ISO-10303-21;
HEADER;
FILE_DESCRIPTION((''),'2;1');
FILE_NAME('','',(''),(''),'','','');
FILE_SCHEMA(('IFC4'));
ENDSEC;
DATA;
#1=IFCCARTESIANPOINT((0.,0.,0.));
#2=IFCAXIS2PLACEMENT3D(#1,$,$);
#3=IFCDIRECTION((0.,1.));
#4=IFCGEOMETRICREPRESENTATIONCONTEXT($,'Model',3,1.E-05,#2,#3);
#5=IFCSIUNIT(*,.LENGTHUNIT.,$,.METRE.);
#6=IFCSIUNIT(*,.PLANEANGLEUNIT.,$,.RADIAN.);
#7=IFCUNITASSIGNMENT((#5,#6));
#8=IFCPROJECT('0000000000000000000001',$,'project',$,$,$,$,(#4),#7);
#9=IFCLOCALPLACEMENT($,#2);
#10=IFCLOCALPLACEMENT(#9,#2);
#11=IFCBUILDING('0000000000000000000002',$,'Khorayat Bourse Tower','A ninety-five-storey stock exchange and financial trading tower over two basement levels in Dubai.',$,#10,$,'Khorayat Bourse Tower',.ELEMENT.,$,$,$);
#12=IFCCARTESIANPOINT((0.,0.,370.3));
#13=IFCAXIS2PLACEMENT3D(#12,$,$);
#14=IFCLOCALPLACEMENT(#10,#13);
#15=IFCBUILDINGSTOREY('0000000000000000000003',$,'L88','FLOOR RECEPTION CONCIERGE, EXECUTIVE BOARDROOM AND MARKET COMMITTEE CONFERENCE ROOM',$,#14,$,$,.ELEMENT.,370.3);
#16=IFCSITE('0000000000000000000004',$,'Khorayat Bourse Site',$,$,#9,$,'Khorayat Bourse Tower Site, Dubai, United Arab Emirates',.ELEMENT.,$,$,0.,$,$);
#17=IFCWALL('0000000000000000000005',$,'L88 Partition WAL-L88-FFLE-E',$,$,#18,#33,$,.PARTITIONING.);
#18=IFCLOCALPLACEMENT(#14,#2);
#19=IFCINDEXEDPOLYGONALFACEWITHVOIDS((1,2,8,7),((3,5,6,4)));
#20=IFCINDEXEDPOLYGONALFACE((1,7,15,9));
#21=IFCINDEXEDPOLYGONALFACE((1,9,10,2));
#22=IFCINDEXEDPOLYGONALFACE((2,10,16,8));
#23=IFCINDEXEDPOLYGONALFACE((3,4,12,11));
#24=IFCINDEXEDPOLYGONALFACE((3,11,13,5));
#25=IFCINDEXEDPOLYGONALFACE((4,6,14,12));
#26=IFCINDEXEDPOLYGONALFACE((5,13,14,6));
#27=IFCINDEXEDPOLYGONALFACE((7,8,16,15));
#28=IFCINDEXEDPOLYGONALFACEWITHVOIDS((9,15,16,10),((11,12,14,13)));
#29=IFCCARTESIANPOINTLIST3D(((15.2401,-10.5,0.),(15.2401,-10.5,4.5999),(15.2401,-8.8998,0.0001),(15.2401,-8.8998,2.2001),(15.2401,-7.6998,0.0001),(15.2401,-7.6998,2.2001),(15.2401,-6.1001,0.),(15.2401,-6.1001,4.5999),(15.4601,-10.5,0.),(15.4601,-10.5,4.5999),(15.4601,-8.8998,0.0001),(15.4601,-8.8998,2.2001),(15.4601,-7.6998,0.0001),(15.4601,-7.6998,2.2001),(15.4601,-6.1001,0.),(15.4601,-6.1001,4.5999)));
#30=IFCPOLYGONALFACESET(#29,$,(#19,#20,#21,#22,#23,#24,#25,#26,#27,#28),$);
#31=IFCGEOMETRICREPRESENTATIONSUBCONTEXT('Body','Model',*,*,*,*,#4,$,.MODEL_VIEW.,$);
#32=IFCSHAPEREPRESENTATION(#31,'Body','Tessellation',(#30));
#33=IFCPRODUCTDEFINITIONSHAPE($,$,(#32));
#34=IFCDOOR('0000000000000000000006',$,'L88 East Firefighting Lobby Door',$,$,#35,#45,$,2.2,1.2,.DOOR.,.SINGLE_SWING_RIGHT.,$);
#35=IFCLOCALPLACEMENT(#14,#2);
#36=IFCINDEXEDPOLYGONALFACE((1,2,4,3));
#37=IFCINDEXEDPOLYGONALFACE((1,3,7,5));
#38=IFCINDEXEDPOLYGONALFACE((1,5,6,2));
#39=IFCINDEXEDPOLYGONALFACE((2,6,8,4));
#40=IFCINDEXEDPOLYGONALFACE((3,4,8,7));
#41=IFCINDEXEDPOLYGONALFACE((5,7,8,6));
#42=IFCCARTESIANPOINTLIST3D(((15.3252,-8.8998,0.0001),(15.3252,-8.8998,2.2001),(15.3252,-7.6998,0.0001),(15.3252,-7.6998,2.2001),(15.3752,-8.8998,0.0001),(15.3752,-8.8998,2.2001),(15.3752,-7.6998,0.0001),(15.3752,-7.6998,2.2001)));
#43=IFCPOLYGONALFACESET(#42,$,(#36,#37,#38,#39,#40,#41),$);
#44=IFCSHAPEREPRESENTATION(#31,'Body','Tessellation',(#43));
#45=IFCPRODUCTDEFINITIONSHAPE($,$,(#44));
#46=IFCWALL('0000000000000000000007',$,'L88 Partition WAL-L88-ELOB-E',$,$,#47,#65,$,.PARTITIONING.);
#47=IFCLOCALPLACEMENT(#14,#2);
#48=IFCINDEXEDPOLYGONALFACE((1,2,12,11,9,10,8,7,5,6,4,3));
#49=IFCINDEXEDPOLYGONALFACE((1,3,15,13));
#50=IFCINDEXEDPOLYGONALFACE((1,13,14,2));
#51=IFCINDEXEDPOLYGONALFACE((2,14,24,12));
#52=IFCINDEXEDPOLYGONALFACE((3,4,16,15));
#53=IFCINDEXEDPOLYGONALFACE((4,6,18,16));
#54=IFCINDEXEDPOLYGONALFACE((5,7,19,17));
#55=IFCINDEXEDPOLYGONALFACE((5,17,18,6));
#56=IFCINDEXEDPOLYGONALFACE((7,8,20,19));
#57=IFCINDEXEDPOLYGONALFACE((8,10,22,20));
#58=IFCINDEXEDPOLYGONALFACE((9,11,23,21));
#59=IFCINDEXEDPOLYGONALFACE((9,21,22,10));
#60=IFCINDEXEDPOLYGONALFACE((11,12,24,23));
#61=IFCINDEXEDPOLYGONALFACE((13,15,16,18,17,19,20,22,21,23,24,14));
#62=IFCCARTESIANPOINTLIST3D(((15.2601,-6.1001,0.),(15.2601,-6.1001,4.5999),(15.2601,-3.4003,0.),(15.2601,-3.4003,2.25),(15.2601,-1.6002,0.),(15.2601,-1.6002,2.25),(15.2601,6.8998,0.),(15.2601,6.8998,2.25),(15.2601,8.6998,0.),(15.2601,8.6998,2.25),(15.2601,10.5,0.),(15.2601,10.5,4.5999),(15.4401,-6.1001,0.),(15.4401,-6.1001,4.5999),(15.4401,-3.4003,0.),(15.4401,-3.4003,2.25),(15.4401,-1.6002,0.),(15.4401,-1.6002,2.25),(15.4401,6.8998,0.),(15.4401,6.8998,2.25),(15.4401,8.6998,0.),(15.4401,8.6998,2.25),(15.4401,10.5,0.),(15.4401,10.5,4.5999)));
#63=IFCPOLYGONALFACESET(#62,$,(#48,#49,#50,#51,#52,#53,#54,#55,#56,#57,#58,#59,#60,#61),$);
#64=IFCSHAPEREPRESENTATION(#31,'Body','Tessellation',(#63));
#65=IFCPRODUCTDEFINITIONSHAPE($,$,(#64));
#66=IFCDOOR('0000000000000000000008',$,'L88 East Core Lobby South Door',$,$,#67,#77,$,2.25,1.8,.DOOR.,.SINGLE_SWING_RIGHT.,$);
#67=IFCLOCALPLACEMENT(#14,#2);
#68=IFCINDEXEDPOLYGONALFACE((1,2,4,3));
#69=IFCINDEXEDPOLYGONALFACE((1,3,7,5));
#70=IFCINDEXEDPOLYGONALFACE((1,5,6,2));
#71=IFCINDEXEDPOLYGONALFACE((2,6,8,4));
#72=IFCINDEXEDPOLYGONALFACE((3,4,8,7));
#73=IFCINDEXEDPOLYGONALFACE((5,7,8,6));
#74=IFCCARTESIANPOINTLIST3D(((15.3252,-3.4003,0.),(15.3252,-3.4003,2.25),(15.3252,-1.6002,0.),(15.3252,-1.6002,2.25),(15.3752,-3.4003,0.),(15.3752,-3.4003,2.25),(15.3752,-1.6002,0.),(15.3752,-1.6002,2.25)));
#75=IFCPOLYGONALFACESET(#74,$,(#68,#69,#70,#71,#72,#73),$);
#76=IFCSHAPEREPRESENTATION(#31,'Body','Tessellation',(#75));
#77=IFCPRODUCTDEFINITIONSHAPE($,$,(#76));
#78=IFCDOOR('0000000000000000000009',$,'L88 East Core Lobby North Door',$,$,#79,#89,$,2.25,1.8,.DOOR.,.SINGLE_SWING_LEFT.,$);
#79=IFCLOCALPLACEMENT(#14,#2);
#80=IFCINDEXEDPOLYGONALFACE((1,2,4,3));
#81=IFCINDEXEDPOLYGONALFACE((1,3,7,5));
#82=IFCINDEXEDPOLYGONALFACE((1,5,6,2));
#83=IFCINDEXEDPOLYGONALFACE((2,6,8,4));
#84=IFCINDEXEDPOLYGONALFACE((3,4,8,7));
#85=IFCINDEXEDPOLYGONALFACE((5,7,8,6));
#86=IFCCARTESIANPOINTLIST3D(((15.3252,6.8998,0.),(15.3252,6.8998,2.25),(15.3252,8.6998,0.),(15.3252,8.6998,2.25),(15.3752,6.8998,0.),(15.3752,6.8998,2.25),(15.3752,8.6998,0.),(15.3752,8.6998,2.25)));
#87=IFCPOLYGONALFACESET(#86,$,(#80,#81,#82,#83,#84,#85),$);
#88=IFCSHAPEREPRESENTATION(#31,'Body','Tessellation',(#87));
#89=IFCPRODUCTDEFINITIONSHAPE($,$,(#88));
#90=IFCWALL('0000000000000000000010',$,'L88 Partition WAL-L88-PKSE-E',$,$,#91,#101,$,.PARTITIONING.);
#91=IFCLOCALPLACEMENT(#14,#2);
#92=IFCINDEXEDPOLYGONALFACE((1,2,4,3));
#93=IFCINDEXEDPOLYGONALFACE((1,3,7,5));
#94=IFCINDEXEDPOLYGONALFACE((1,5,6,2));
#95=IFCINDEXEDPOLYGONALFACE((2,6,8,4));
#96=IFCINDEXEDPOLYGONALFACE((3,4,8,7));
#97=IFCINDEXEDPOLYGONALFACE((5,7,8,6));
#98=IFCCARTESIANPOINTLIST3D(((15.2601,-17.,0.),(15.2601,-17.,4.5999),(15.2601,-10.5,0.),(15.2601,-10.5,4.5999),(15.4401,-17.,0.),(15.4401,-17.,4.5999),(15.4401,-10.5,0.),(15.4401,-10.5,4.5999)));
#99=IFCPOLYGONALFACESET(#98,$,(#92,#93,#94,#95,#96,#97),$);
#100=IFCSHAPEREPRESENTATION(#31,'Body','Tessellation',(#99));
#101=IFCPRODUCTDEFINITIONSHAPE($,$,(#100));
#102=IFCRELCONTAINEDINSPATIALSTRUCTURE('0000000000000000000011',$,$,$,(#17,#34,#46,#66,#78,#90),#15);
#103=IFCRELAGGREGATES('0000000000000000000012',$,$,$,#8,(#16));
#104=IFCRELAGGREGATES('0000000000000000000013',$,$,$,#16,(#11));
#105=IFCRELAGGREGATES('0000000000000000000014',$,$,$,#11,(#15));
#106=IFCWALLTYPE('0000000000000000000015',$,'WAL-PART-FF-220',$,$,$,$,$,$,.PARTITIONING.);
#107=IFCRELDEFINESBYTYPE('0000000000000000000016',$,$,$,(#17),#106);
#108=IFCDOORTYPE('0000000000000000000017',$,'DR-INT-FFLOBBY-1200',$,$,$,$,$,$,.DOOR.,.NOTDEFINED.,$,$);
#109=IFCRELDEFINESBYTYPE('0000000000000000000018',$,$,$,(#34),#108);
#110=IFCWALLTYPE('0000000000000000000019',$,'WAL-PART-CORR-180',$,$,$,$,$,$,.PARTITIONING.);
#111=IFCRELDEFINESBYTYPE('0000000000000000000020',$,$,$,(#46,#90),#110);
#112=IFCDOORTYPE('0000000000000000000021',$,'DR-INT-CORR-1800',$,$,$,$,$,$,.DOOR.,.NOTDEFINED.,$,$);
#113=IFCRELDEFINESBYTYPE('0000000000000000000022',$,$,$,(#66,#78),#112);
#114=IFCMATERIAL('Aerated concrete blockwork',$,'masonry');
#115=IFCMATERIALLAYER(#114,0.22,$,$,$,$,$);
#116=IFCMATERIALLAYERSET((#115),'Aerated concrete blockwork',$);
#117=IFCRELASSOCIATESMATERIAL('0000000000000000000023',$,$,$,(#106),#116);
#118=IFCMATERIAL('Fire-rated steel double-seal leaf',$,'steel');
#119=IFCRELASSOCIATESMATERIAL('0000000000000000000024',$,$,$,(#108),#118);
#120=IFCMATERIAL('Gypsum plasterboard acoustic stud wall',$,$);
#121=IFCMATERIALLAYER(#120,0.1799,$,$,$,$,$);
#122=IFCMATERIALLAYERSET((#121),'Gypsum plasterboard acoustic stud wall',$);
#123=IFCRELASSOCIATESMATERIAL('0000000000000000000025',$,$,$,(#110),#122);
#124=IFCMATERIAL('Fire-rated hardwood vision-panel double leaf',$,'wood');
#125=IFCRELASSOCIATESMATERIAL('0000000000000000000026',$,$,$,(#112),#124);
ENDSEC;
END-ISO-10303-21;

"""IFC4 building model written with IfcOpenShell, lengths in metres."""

from ifc_helpers import new_model, si_unit, direction, frame, frame_2d, origin, place, context, subcontext, project, spatial, rectangle, extrude, source, transform, mapped, material, layer, layer_set, type_object, element, fill, save


model = new_model("IFC4")

# Units and contexts
model_context = context("Model", 3, precision=1e-05, world=origin(), true_north=direction((0.0, 1.0)))
body_context = subcontext(model_context, "Body", "Model", "MODEL_VIEW")
ifc_project = project(units=[si_unit("LENGTHUNIT", "METRE"), si_unit("PLANEANGLEUNIT", "RADIAN")], contexts=[model_context])

# Site, building, storey
site_placement = place(None, origin())
site = spatial("IfcSite", under=ifc_project, at=site_placement, Name="Khorayat Bourse Site", LongName="Khorayat Bourse Tower Site, Dubai, United Arab Emirates", CompositionType="ELEMENT", RefElevation=0.0)
building_placement = place(site_placement, origin())
building = spatial("IfcBuilding", under=site, at=building_placement, Name="Khorayat Bourse Tower", Description="A ninety-five-storey stock exchange and financial trading tower over two basement levels in Dubai.", LongName="Khorayat Bourse Tower", CompositionType="ELEMENT")
storey_placement = place(building_placement, frame((0.0, 0.0, 370.3)))
storey = spatial("IfcBuildingStorey", under=building, at=storey_placement, Name="L88", Description="FLOOR RECEPTION CONCIERGE, EXECUTIVE BOARDROOM AND MARKET COMMITTEE CONFERENCE ROOM", CompositionType="ELEMENT", Elevation=370.3)

# Shared definitions
ifc_material_1 = material(Name="Aerated concrete blockwork", Category="masonry")
ifc_layer_1 = layer(ifc_material_1, 0.22)
ifc_layer_set_1 = layer_set([ifc_layer_1], Name="Aerated concrete blockwork")
wall_type_1 = type_object("IfcWallType", Name="WAL-PART-FF-220", PredefinedType="PARTITIONING", material=ifc_layer_set_1)

# Wall, opening, door
shared_shape_1 = source(origin(), body_context, "Body", "SweptSolid", [
    extrude(rectangle(XDim=4.3999, YDim=0.22, at=frame_2d((2.2, 0.0))), origin(), (0.0, 0.0, 1.0), 4.5999),
])
wall_1_placement = place(storey_placement, frame((15.3501, -10.5, 0.0), z_axis=(0.0, 0.0, 1.0), x_axis=(0.0, 1.0, 0.0)))
wall_1 = element("IfcWall", 1, at=wall_1_placement, inside=storey, type_object=wall_type_1, Name="L88 Partition WAL-L88-FFLE-E", PredefinedType="PARTITIONING", context=body_context, shape_type="MappedRepresentation", body=[
    mapped(shared_shape_1, transform((0.0, 0.0, 0.0), scale=1.0)),
])
shared_shape_2 = source(origin(), body_context, "Body", "SweptSolid", [
    extrude(rectangle(XDim=1.2, YDim=2.2, at=frame_2d((0.6001, 1.1001))), frame((0.0, 0.1199, 0.0), z_axis=(0.0, -1.0, 0.0), x_axis=(1.0, 0.0, 0.0)), (0.0, 0.0, 1.0), 0.24),
])
opening_1_placement = place(wall_1_placement, frame((1.6001, 0.0, 0.0)))
opening_1 = element("IfcOpeningElement", 2, at=opening_1_placement, cuts=wall_1, PredefinedType="OPENING", context=body_context, shape_type="MappedRepresentation", body=[
    mapped(shared_shape_2, transform((0.0, 0.0, 0.0), scale=1.0)),
])
ifc_material_2 = material(Name="Fire-rated steel double-seal leaf", Category="steel")
door_type_1 = type_object("IfcDoorType", Name="DR-INT-FFLOBBY-1200", OperationType="NOTDEFINED", PredefinedType="DOOR", material=ifc_material_2)
shared_shape_3 = source(origin(), body_context, "Body", "SweptSolid", [
    extrude(rectangle(XDim=1.2, YDim=2.2, at=frame_2d((0.6001, 1.1001))), frame((0.0, 0.0249, 0.0), z_axis=(0.0, -1.0, 0.0), x_axis=(1.0, 0.0, 0.0)), (0.0, 0.0, 1.0), 0.05),
])
door_1_placement = place(opening_1_placement, origin())
door_1 = element("IfcDoor", 3, at=door_1_placement, inside=storey, type_object=door_type_1, Name="L88 East Firefighting Lobby Door", OperationType="SINGLE_SWING_RIGHT", OverallHeight=2.2, OverallWidth=1.2, PredefinedType="DOOR", context=body_context, shape_type="MappedRepresentation", body=[
    mapped(shared_shape_3, transform((0.0, 0.0, 0.0), scale=1.0)),
])
fill(opening_1, door_1)

# Wall, openings, doors
ifc_material_3 = material(Name="Gypsum plasterboard acoustic stud wall")
ifc_layer_2 = layer(ifc_material_3, 0.1799)
ifc_layer_set_2 = layer_set([ifc_layer_2], Name="Gypsum plasterboard acoustic stud wall")
wall_type_2 = type_object("IfcWallType", Name="WAL-PART-CORR-180", PredefinedType="PARTITIONING", material=ifc_layer_set_2)
shared_shape_4 = source(origin(), body_context, "Body", "SweptSolid", [
    extrude(rectangle(XDim=16.6001, YDim=0.1799, at=frame_2d((8.3, 0.0))), origin(), (0.0, 0.0, 1.0), 4.5999),
])
wall_2_placement = place(storey_placement, frame((15.3501, -6.1001, 0.0), z_axis=(0.0, 0.0, 1.0), x_axis=(0.0, 1.0, 0.0)))
wall_2 = element("IfcWall", 4, at=wall_2_placement, inside=storey, type_object=wall_type_2, Name="L88 Partition WAL-L88-ELOB-E", PredefinedType="PARTITIONING", context=body_context, shape_type="MappedRepresentation", body=[
    mapped(shared_shape_4, transform((0.0, 0.0, 0.0), scale=1.0)),
])
shared_shape_5 = source(origin(), body_context, "Body", "SweptSolid", [
    extrude(rectangle(XDim=1.8, YDim=2.25, at=frame_2d((0.8999, 1.125))), frame((0.0, 0.0999, 0.0), z_axis=(0.0, -1.0, 0.0), x_axis=(1.0, 0.0, 0.0)), (0.0, 0.0, 1.0), 0.2),
])
opening_2_placement = place(wall_2_placement, frame((2.7, 0.0, 0.0)))
opening_2 = element("IfcOpeningElement", 5, at=opening_2_placement, cuts=wall_2, PredefinedType="OPENING", context=body_context, shape_type="MappedRepresentation", body=[
    mapped(shared_shape_5, transform((0.0, 0.0, 0.0), scale=1.0)),
])
opening_3_placement = place(wall_2_placement, frame((13.0, 0.0, 0.0)))
opening_3 = element("IfcOpeningElement", 6, at=opening_3_placement, cuts=wall_2, PredefinedType="OPENING", context=body_context, shape_type="MappedRepresentation", body=[
    mapped(shared_shape_5, transform((0.0, 0.0, 0.0), scale=1.0)),
])
ifc_material_4 = material(Name="Fire-rated hardwood vision-panel double leaf", Category="wood")
door_type_2 = type_object("IfcDoorType", Name="DR-INT-CORR-1800", OperationType="NOTDEFINED", PredefinedType="DOOR", material=ifc_material_4)
shared_shape_6 = source(origin(), body_context, "Body", "SweptSolid", [
    extrude(rectangle(XDim=1.8, YDim=2.25, at=frame_2d((0.8999, 1.125))), frame((0.0, 0.0249, 0.0), z_axis=(0.0, -1.0, 0.0), x_axis=(1.0, 0.0, 0.0)), (0.0, 0.0, 1.0), 0.05),
])
door_2_placement = place(opening_2_placement, origin())
door_2 = element("IfcDoor", 7, at=door_2_placement, inside=storey, type_object=door_type_2, Name="L88 East Core Lobby South Door", OperationType="SINGLE_SWING_RIGHT", OverallHeight=2.25, OverallWidth=1.8, PredefinedType="DOOR", context=body_context, shape_type="MappedRepresentation", body=[
    mapped(shared_shape_6, transform((0.0, 0.0, 0.0), scale=1.0)),
])
fill(opening_2, door_2)
door_3_placement = place(opening_3_placement, origin())
door_3 = element("IfcDoor", 8, at=door_3_placement, inside=storey, type_object=door_type_2, Name="L88 East Core Lobby North Door", OperationType="SINGLE_SWING_LEFT", OverallHeight=2.25, OverallWidth=1.8, PredefinedType="DOOR", context=body_context, shape_type="MappedRepresentation", body=[
    mapped(shared_shape_6, transform((0.0, 0.0, 0.0), scale=1.0)),
])
fill(opening_3, door_3)

# Wall
shared_shape_7 = source(origin(), body_context, "Body", "SweptSolid", [
    extrude(rectangle(XDim=6.5, YDim=0.1799, at=frame_2d((3.25, 0.0))), origin(), (0.0, 0.0, 1.0), 4.5999),
])
wall_3_placement = place(storey_placement, frame((15.3501, -17.0, 0.0), z_axis=(0.0, 0.0, 1.0), x_axis=(0.0, 1.0, 0.0)))
element("IfcWall", 9, at=wall_3_placement, inside=storey, type_object=wall_type_2, Name="L88 Partition WAL-L88-PKSE-E", PredefinedType="PARTITIONING", context=body_context, shape_type="MappedRepresentation", body=[
    mapped(shared_shape_7, transform((0.0, 0.0, 0.0), scale=1.0)),
])

save(model, "model.ifc")
